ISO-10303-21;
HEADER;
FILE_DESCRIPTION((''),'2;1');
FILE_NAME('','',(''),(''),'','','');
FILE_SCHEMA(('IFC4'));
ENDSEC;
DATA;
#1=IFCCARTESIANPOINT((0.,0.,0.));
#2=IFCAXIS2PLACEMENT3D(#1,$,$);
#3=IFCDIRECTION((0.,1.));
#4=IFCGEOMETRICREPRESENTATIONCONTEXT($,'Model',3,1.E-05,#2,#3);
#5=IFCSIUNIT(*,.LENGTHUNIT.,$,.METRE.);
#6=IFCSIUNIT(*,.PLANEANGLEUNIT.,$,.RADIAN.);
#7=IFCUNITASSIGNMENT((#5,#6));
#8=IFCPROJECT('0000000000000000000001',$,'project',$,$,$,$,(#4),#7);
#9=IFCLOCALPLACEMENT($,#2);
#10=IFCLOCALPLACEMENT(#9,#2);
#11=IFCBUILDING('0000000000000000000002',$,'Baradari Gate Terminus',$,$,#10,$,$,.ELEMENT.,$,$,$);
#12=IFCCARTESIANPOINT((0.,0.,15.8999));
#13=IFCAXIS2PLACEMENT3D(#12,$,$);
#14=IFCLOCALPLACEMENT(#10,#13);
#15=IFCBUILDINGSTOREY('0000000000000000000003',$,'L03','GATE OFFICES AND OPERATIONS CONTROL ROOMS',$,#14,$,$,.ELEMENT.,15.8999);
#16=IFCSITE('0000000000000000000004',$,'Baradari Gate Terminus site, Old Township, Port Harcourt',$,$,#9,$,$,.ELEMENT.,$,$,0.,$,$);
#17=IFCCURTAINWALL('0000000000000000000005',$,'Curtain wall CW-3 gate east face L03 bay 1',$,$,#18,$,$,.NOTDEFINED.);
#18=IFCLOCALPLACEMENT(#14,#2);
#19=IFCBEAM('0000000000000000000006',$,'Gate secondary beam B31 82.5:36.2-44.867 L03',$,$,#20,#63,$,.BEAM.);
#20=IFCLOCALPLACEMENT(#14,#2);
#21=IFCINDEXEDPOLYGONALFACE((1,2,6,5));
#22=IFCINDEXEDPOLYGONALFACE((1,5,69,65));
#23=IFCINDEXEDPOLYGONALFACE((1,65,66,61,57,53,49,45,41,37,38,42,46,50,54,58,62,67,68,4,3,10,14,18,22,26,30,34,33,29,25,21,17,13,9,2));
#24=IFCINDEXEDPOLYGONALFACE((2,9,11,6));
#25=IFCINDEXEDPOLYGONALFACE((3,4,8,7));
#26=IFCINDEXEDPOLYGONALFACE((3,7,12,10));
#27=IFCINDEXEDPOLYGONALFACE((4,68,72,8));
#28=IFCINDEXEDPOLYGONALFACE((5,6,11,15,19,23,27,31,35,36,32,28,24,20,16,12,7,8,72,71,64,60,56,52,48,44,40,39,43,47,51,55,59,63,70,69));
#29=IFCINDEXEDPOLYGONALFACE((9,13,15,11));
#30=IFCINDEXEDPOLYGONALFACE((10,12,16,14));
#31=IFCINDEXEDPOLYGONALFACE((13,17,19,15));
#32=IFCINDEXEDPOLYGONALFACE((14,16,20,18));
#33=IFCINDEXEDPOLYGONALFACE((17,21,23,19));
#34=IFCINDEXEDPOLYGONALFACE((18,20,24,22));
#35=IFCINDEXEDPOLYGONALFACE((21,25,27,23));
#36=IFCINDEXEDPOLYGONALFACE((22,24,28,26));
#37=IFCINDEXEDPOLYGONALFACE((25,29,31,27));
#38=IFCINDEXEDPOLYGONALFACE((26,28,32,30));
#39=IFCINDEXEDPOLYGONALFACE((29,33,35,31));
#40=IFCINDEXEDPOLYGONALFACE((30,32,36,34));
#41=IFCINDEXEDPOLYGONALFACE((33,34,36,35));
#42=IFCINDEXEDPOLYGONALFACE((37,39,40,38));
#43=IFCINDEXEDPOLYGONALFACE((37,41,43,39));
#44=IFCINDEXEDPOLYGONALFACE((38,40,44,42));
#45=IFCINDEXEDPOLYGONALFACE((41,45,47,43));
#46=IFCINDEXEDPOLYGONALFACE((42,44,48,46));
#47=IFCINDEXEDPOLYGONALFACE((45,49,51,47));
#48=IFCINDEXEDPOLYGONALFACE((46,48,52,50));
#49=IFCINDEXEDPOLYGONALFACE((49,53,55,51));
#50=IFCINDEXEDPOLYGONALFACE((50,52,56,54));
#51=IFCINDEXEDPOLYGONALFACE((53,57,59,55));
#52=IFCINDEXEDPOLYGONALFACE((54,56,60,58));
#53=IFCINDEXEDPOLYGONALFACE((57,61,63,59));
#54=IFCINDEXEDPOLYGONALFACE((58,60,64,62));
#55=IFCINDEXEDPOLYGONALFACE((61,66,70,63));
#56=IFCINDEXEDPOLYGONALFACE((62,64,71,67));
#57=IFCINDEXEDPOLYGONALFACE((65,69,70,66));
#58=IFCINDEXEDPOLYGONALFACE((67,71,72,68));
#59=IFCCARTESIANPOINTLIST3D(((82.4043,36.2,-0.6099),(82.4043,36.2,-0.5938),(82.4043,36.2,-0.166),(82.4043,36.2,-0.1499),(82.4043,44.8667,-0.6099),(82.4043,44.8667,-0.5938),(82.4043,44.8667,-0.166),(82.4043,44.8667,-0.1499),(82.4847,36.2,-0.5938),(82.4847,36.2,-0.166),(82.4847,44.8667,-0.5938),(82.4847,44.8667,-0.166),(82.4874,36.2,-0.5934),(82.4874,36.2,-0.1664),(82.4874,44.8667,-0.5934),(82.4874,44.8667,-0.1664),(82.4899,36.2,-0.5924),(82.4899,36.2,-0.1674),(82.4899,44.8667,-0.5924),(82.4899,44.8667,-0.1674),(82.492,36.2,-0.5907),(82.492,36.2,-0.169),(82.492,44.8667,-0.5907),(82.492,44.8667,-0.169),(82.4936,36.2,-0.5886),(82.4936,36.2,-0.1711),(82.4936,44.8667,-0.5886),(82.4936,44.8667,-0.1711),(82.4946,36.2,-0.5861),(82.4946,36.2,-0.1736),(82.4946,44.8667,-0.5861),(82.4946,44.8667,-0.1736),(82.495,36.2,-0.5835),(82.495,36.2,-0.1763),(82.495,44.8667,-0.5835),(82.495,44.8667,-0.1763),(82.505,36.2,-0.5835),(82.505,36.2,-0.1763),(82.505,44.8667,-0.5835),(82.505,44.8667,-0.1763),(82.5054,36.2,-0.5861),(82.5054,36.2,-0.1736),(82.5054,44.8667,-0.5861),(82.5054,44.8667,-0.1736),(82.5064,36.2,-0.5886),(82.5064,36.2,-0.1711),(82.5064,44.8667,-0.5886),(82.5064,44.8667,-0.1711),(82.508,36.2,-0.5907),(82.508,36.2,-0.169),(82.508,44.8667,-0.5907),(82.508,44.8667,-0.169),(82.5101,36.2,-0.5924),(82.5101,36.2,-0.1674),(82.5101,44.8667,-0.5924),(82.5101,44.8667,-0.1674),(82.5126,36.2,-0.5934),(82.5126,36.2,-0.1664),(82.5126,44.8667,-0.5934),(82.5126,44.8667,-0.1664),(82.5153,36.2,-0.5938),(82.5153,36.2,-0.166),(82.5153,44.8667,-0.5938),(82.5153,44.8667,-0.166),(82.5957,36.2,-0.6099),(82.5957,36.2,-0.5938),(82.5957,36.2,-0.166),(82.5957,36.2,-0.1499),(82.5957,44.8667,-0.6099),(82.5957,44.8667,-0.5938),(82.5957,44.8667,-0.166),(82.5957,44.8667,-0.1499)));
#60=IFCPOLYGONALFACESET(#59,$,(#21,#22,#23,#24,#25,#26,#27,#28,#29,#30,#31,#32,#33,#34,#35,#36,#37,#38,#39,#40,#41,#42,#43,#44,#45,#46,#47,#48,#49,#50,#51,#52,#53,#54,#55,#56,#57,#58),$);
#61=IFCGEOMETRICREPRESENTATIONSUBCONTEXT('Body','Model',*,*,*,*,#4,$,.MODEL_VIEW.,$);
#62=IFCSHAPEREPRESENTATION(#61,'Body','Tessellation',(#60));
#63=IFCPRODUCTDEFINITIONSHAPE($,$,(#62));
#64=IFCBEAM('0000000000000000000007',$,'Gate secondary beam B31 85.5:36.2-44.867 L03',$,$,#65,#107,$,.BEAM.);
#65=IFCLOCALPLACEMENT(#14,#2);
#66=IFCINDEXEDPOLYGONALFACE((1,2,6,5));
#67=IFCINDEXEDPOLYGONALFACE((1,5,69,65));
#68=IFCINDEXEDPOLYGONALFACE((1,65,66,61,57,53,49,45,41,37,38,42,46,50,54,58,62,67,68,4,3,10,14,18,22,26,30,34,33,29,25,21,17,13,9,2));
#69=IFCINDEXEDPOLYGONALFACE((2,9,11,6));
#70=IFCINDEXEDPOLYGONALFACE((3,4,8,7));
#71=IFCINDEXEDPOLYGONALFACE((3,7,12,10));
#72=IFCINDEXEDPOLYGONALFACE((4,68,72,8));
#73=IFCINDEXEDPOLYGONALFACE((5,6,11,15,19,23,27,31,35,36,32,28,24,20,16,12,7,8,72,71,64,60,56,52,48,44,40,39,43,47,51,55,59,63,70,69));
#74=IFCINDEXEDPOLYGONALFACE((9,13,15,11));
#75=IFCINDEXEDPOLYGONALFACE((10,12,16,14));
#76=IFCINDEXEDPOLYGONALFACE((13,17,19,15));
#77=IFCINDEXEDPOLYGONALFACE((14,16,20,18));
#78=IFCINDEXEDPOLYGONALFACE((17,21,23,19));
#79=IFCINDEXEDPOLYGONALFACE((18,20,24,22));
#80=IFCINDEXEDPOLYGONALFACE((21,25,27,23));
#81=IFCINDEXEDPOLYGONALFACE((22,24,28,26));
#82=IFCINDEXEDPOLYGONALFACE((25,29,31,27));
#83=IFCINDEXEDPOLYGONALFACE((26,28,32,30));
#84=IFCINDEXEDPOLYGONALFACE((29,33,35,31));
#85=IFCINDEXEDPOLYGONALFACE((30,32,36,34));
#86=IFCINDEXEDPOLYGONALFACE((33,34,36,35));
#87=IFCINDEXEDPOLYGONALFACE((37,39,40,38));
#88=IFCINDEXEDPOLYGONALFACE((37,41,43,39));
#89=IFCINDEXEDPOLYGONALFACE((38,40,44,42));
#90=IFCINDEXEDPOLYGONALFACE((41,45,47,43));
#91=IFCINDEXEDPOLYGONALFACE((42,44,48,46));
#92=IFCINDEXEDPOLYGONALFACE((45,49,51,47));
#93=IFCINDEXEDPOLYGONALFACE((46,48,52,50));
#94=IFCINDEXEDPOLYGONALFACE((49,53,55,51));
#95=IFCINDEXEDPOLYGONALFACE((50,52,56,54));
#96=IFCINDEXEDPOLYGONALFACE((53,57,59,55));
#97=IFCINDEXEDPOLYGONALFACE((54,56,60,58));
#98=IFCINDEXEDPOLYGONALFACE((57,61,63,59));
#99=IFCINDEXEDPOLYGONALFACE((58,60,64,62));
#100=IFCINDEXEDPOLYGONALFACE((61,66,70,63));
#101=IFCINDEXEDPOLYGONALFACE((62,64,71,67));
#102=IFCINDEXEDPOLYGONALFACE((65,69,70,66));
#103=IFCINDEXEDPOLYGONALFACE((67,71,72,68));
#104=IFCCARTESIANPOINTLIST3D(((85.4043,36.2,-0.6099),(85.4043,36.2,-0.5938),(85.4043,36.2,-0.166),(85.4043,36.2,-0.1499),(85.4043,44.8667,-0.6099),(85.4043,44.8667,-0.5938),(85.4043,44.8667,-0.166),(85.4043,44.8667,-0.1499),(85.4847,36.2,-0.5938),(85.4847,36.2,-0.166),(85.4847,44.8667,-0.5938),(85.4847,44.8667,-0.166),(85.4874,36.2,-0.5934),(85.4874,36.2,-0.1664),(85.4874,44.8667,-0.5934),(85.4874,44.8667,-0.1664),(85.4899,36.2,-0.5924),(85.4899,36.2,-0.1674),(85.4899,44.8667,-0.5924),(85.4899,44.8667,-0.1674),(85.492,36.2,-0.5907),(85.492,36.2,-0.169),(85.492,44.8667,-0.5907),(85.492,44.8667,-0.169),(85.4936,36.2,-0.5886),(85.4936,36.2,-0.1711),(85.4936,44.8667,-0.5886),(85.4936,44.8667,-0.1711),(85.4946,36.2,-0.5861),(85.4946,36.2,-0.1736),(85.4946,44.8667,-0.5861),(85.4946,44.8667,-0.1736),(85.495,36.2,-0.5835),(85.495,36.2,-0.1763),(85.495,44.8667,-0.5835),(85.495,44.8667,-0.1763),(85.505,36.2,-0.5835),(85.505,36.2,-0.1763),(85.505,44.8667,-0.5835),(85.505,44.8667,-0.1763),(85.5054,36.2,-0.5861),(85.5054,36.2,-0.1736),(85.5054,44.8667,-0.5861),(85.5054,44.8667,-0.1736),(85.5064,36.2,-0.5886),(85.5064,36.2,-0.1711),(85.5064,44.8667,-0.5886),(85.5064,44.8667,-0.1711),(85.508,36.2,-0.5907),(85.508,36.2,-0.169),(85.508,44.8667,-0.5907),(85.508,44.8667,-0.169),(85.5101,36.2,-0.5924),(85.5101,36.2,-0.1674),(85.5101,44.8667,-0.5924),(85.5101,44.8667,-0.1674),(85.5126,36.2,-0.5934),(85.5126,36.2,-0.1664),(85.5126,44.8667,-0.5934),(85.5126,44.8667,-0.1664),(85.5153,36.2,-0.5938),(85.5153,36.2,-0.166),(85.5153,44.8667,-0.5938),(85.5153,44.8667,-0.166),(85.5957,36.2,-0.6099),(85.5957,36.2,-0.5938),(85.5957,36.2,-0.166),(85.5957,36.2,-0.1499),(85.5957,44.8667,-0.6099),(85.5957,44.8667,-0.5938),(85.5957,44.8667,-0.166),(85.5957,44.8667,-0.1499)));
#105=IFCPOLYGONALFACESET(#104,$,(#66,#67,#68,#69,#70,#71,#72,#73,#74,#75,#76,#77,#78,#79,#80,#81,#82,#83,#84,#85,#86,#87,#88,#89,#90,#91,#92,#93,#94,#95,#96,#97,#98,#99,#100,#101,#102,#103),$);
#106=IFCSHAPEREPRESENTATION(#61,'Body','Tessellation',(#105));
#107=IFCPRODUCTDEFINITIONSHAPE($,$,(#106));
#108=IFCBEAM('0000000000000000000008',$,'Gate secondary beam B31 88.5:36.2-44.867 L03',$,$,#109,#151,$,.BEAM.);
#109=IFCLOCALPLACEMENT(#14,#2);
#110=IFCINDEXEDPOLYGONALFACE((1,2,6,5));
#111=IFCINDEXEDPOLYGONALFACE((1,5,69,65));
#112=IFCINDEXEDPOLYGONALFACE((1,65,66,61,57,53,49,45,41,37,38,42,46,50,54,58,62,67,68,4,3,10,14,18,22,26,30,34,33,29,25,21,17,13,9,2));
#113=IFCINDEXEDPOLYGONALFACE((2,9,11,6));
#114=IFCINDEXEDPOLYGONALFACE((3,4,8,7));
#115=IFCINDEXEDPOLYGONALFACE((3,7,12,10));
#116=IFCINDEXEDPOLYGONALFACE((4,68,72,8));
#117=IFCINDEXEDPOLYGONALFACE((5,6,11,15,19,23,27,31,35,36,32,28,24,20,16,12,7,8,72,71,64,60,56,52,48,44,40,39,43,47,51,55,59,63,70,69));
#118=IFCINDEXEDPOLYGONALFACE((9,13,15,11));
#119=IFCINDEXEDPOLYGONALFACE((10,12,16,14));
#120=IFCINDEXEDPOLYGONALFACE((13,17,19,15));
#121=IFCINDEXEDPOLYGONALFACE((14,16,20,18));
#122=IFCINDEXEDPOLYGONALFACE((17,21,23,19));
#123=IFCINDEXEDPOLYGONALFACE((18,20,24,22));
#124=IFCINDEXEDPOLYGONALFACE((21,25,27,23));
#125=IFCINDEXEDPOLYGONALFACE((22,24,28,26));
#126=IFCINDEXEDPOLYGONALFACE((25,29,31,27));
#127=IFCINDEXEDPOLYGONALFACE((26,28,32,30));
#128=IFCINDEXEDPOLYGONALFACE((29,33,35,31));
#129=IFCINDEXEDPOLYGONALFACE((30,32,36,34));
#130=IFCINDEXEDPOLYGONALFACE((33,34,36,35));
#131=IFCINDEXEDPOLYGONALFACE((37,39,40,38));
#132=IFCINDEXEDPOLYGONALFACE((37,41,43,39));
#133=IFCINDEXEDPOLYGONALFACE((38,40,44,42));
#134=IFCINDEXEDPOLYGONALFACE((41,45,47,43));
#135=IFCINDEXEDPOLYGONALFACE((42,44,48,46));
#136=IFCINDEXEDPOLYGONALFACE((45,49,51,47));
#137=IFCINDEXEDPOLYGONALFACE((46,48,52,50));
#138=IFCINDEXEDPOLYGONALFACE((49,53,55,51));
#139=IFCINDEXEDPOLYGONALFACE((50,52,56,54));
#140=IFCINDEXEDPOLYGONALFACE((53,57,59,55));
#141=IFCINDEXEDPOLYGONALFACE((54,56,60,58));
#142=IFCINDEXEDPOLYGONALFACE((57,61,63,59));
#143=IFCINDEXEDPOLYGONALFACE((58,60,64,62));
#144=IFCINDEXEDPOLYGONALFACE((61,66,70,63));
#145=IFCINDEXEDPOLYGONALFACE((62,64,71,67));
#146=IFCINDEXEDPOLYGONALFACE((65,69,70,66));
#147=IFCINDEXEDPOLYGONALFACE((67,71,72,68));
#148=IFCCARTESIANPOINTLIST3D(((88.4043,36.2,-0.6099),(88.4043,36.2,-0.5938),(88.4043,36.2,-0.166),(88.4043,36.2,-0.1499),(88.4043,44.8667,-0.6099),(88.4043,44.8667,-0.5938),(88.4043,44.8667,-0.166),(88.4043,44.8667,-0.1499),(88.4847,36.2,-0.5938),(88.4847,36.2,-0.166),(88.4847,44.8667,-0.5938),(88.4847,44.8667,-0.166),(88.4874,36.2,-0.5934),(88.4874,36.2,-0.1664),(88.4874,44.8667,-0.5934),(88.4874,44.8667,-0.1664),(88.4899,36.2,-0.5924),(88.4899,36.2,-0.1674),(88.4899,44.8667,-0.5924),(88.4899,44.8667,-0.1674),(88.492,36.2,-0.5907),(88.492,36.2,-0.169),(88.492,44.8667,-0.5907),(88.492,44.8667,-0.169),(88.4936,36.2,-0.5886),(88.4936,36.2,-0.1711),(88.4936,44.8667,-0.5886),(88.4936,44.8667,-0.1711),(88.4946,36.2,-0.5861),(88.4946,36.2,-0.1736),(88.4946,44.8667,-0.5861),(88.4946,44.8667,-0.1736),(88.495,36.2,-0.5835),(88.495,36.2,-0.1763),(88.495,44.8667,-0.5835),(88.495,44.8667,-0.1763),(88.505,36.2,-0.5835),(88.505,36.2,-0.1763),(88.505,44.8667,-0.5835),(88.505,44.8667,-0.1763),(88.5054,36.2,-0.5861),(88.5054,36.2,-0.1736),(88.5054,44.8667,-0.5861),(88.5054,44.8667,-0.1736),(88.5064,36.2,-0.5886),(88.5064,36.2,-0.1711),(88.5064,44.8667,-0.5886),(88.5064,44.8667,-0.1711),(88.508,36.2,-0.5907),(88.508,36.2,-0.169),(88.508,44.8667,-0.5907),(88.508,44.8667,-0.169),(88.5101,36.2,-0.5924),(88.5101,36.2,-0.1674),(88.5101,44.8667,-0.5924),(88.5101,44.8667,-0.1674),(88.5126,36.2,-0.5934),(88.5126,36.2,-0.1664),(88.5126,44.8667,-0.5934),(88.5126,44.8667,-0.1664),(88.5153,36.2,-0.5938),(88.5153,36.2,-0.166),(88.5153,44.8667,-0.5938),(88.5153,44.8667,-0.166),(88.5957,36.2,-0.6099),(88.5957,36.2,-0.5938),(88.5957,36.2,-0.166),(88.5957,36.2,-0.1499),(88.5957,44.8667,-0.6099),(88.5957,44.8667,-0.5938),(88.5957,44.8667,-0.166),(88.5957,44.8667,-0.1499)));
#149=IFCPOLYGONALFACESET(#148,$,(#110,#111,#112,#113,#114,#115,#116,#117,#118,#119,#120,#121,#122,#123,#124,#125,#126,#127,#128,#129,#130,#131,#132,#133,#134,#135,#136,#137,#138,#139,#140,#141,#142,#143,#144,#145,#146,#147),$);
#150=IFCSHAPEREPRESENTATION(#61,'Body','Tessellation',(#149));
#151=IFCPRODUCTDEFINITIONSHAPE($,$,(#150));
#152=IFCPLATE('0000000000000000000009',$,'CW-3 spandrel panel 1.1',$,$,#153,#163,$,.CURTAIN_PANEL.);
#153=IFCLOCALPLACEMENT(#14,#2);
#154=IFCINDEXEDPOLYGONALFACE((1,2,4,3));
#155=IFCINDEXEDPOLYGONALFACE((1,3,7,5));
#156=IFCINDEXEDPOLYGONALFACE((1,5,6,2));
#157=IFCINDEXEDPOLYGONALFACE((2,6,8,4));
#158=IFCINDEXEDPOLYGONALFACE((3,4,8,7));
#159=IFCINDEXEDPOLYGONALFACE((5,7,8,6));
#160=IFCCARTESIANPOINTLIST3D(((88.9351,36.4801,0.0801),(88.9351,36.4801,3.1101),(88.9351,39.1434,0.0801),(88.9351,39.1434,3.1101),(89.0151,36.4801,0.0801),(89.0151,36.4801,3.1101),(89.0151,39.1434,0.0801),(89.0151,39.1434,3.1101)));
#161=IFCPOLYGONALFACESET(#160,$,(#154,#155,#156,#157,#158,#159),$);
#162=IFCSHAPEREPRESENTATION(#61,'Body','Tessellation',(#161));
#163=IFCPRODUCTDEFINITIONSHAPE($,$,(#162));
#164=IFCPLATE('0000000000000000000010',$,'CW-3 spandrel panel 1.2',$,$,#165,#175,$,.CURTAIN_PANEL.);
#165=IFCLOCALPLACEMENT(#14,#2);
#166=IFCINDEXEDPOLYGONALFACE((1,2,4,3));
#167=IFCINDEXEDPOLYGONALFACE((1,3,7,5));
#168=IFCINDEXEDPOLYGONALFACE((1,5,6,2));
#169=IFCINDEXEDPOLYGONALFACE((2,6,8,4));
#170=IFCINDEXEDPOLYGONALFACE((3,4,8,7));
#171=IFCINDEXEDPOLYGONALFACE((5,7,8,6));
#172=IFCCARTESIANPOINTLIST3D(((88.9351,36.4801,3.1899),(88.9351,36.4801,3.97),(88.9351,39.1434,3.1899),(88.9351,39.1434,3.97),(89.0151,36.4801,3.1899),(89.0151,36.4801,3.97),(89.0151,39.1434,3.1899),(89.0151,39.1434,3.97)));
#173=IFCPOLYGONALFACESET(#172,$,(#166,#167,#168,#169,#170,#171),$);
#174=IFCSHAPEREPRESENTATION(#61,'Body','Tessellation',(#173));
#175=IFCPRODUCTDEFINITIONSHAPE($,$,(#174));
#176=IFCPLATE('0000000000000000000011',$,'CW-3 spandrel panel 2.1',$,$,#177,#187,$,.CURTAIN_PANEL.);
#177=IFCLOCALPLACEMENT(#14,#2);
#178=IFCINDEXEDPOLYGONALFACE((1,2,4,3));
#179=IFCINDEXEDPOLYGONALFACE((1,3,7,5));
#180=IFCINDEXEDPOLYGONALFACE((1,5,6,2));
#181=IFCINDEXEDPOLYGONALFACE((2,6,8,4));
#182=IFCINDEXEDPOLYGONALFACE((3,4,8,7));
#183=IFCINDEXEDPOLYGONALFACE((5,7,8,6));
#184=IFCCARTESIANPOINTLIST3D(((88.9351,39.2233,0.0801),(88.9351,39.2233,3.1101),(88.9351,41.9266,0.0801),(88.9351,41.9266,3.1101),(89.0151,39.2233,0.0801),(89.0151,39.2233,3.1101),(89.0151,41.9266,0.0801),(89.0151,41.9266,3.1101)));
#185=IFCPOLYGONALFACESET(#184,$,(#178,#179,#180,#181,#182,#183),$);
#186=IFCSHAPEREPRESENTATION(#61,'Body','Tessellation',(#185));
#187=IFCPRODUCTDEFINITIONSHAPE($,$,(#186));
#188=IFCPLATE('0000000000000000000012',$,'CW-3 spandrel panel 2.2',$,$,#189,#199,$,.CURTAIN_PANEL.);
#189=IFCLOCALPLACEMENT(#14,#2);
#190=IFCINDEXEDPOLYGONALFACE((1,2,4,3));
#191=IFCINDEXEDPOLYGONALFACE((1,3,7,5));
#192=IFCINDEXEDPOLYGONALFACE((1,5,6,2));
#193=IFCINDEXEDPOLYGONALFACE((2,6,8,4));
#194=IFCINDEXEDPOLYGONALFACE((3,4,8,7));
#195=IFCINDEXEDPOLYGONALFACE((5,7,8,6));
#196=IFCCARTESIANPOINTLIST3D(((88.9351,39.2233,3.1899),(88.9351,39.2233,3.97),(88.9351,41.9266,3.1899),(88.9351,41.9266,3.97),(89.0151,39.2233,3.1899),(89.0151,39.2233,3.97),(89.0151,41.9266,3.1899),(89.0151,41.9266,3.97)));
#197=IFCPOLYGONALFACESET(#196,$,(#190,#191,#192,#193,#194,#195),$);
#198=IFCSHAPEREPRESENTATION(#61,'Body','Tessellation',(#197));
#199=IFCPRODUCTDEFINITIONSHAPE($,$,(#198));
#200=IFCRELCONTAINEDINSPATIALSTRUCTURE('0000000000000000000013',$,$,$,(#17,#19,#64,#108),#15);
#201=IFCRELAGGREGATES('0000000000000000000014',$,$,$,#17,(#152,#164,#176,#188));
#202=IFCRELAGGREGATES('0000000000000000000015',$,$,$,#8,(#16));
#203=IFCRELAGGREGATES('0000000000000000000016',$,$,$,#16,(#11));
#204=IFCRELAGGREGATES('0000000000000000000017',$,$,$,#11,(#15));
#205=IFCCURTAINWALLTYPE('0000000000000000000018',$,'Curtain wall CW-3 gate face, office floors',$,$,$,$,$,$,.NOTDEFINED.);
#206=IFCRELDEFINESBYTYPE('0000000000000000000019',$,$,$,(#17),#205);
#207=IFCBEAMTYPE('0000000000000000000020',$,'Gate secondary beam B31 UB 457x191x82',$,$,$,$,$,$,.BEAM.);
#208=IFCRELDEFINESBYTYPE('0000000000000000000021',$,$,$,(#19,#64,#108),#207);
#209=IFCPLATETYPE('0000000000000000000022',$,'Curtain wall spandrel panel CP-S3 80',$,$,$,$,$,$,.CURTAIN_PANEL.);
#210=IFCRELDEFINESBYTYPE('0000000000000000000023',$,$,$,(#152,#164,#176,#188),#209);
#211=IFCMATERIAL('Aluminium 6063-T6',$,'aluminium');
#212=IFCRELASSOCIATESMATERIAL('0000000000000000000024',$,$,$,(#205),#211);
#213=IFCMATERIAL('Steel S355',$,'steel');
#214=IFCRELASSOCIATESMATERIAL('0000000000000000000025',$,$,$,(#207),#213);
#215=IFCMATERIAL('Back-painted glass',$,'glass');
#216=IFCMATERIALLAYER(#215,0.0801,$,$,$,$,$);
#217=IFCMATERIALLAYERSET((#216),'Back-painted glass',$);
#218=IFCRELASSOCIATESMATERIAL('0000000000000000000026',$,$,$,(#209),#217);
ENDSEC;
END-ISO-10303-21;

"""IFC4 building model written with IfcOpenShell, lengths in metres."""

from ifc_helpers import new_model, si_unit, direction, frame, origin, origin_2d, place, context, subcontext, project, spatial, rectangle, i_section, extrude, material, layer, layer_set, material_profile, profile_set, type_object, element, aggregate, save


model = new_model("IFC4")

# Units and contexts
model_context = context("Model", 3, precision=1e-05, world=origin(), true_north=direction((0.0, 1.0)))
body_context = subcontext(model_context, "Body", "Model", "MODEL_VIEW")
ifc_project = project(units=[si_unit("LENGTHUNIT", "METRE"), si_unit("PLANEANGLEUNIT", "RADIAN")], contexts=[model_context])

# Site, building, storey
site_placement = place(None, origin())
site = spatial("IfcSite", under=ifc_project, at=site_placement, Name="Baradari Gate Terminus site, Old Township, Port Harcourt", CompositionType="ELEMENT", RefElevation=0.0)
building_placement = place(site_placement, origin())
building = spatial("IfcBuilding", under=site, at=building_placement, Name="Baradari Gate Terminus", CompositionType="ELEMENT")
storey_placement = place(building_placement, frame((0.0, 0.0, 15.8999)))
storey = spatial("IfcBuildingStorey", under=building, at=storey_placement, Name="L03", Description="GATE OFFICES AND OPERATIONS CONTROL ROOMS", CompositionType="ELEMENT", Elevation=15.8999)

# Curtain wall
ifc_material_1 = material(Name="Aluminium 6063-T6", Category="aluminium")
curtain_wall_type = type_object("IfcCurtainWallType", Name="Curtain wall CW-3 gate face, office floors", PredefinedType="NOTDEFINED", material=ifc_material_1)
curtain_wall_placement = place(storey_placement, origin())
curtain_wall = element("IfcCurtainWall", 1, at=curtain_wall_placement, inside=storey, type_object=curtain_wall_type, Name="Curtain wall CW-3 gate east face L03 bay 1", PredefinedType="NOTDEFINED")

# Beams
ifc_material_2 = material(Name="Steel S355", Category="steel")
ifc_material_profile_1 = material_profile(ifc_material_2, i_section(OverallWidth=0.1914, OverallDepth=0.46, WebThickness=0.01, FlangeThickness=0.0161, FilletRadius=0.0103, at=origin_2d()), Name="UB 457x191x82")
ifc_profile_set_1 = profile_set([ifc_material_profile_1], Name="Steel S355")
beam_type = type_object("IfcBeamType", Name="Gate secondary beam B31 UB 457x191x82", PredefinedType="BEAM", material=ifc_profile_set_1)
for number, where, z_axis, x_axis, name in (
    (2, (82.5, 36.2, -0.3799), (0.0, 1.0, 0.0), (-1.0, 0.0, 0.0), "Gate secondary beam B31 82.5:36.2-44.867 L03"),
    (3, (85.5, 36.2, -0.3799), (0.0, 1.0, 0.0), (-1.0, 0.0, 0.0), "Gate secondary beam B31 85.5:36.2-44.867 L03"),
    (4, (88.5, 36.2, -0.3799), (0.0, 1.0, 0.0), (-1.0, 0.0, 0.0), "Gate secondary beam B31 88.5:36.2-44.867 L03"),
):
    element("IfcBeam", number, at=place(storey_placement, frame(where, z_axis=z_axis, x_axis=x_axis)), inside=storey, type_object=beam_type, Name=name, PredefinedType="BEAM", context=body_context, shape_type="SweptSolid", body=[
        extrude(i_section(OverallWidth=0.1914, OverallDepth=0.46, WebThickness=0.01, FlangeThickness=0.0161, FilletRadius=0.0103, at=origin_2d()), origin(), (0.0, 0.0, 1.0), 8.6667),
    ])

# Plates
ifc_material_3 = material(Name="Back-painted glass", Category="glass")
ifc_layer_1 = layer(ifc_material_3, 0.0801)
ifc_layer_set_1 = layer_set([ifc_layer_1], Name="Back-painted glass")
plate_type = type_object("IfcPlateType", Name="Curtain wall spandrel panel CP-S3 80", PredefinedType="CURTAIN_PANEL", material=ifc_layer_set_1)
plate_1_placement = place(storey_placement, frame((88.9751, 37.8118, 0.0801), z_axis=(0.0, 0.0, 1.0), x_axis=(0.0, 1.0, 0.0)))
plate_1 = element("IfcPlate", 5, at=plate_1_placement, type_object=plate_type, Name="CW-3 spandrel panel 1.1", PredefinedType="CURTAIN_PANEL", context=body_context, shape_type="SweptSolid", body=[
    extrude(rectangle(XDim=2.6633, YDim=0.0801, at=origin_2d()), origin(), (0.0, 0.0, 1.0), 3.03),
])
plate_2_placement = place(storey_placement, frame((88.9751, 37.8118, 3.1899), z_axis=(0.0, 0.0, 1.0), x_axis=(0.0, 1.0, 0.0)))
plate_2 = element("IfcPlate", 6, at=plate_2_placement, type_object=plate_type, Name="CW-3 spandrel panel 1.2", PredefinedType="CURTAIN_PANEL", context=body_context, shape_type="SweptSolid", body=[
    extrude(rectangle(XDim=2.6633, YDim=0.0801, at=origin_2d()), origin(), (0.0, 0.0, 1.0), 0.78),
])
plate_3_placement = place(storey_placement, frame((88.9751, 40.575, 0.0801), z_axis=(0.0, 0.0, 1.0), x_axis=(0.0, 1.0, 0.0)))
plate_3 = element("IfcPlate", 7, at=plate_3_placement, type_object=plate_type, Name="CW-3 spandrel panel 2.1", PredefinedType="CURTAIN_PANEL", context=body_context, shape_type="SweptSolid", body=[
    extrude(rectangle(XDim=2.7034, YDim=0.0801, at=origin_2d()), origin(), (0.0, 0.0, 1.0), 3.03),
])
plate_4_placement = place(storey_placement, frame((88.9751, 40.575, 3.1899), z_axis=(0.0, 0.0, 1.0), x_axis=(0.0, 1.0, 0.0)))
plate_4 = element("IfcPlate", 8, at=plate_4_placement, type_object=plate_type, Name="CW-3 spandrel panel 2.2", PredefinedType="CURTAIN_PANEL", context=body_context, shape_type="SweptSolid", body=[
    extrude(rectangle(XDim=2.7034, YDim=0.0801, at=origin_2d()), origin(), (0.0, 0.0, 1.0), 0.78),
])
aggregate(curtain_wall, [plate_1, plate_2, plate_3, plate_4])

save(model, "model.ifc")
